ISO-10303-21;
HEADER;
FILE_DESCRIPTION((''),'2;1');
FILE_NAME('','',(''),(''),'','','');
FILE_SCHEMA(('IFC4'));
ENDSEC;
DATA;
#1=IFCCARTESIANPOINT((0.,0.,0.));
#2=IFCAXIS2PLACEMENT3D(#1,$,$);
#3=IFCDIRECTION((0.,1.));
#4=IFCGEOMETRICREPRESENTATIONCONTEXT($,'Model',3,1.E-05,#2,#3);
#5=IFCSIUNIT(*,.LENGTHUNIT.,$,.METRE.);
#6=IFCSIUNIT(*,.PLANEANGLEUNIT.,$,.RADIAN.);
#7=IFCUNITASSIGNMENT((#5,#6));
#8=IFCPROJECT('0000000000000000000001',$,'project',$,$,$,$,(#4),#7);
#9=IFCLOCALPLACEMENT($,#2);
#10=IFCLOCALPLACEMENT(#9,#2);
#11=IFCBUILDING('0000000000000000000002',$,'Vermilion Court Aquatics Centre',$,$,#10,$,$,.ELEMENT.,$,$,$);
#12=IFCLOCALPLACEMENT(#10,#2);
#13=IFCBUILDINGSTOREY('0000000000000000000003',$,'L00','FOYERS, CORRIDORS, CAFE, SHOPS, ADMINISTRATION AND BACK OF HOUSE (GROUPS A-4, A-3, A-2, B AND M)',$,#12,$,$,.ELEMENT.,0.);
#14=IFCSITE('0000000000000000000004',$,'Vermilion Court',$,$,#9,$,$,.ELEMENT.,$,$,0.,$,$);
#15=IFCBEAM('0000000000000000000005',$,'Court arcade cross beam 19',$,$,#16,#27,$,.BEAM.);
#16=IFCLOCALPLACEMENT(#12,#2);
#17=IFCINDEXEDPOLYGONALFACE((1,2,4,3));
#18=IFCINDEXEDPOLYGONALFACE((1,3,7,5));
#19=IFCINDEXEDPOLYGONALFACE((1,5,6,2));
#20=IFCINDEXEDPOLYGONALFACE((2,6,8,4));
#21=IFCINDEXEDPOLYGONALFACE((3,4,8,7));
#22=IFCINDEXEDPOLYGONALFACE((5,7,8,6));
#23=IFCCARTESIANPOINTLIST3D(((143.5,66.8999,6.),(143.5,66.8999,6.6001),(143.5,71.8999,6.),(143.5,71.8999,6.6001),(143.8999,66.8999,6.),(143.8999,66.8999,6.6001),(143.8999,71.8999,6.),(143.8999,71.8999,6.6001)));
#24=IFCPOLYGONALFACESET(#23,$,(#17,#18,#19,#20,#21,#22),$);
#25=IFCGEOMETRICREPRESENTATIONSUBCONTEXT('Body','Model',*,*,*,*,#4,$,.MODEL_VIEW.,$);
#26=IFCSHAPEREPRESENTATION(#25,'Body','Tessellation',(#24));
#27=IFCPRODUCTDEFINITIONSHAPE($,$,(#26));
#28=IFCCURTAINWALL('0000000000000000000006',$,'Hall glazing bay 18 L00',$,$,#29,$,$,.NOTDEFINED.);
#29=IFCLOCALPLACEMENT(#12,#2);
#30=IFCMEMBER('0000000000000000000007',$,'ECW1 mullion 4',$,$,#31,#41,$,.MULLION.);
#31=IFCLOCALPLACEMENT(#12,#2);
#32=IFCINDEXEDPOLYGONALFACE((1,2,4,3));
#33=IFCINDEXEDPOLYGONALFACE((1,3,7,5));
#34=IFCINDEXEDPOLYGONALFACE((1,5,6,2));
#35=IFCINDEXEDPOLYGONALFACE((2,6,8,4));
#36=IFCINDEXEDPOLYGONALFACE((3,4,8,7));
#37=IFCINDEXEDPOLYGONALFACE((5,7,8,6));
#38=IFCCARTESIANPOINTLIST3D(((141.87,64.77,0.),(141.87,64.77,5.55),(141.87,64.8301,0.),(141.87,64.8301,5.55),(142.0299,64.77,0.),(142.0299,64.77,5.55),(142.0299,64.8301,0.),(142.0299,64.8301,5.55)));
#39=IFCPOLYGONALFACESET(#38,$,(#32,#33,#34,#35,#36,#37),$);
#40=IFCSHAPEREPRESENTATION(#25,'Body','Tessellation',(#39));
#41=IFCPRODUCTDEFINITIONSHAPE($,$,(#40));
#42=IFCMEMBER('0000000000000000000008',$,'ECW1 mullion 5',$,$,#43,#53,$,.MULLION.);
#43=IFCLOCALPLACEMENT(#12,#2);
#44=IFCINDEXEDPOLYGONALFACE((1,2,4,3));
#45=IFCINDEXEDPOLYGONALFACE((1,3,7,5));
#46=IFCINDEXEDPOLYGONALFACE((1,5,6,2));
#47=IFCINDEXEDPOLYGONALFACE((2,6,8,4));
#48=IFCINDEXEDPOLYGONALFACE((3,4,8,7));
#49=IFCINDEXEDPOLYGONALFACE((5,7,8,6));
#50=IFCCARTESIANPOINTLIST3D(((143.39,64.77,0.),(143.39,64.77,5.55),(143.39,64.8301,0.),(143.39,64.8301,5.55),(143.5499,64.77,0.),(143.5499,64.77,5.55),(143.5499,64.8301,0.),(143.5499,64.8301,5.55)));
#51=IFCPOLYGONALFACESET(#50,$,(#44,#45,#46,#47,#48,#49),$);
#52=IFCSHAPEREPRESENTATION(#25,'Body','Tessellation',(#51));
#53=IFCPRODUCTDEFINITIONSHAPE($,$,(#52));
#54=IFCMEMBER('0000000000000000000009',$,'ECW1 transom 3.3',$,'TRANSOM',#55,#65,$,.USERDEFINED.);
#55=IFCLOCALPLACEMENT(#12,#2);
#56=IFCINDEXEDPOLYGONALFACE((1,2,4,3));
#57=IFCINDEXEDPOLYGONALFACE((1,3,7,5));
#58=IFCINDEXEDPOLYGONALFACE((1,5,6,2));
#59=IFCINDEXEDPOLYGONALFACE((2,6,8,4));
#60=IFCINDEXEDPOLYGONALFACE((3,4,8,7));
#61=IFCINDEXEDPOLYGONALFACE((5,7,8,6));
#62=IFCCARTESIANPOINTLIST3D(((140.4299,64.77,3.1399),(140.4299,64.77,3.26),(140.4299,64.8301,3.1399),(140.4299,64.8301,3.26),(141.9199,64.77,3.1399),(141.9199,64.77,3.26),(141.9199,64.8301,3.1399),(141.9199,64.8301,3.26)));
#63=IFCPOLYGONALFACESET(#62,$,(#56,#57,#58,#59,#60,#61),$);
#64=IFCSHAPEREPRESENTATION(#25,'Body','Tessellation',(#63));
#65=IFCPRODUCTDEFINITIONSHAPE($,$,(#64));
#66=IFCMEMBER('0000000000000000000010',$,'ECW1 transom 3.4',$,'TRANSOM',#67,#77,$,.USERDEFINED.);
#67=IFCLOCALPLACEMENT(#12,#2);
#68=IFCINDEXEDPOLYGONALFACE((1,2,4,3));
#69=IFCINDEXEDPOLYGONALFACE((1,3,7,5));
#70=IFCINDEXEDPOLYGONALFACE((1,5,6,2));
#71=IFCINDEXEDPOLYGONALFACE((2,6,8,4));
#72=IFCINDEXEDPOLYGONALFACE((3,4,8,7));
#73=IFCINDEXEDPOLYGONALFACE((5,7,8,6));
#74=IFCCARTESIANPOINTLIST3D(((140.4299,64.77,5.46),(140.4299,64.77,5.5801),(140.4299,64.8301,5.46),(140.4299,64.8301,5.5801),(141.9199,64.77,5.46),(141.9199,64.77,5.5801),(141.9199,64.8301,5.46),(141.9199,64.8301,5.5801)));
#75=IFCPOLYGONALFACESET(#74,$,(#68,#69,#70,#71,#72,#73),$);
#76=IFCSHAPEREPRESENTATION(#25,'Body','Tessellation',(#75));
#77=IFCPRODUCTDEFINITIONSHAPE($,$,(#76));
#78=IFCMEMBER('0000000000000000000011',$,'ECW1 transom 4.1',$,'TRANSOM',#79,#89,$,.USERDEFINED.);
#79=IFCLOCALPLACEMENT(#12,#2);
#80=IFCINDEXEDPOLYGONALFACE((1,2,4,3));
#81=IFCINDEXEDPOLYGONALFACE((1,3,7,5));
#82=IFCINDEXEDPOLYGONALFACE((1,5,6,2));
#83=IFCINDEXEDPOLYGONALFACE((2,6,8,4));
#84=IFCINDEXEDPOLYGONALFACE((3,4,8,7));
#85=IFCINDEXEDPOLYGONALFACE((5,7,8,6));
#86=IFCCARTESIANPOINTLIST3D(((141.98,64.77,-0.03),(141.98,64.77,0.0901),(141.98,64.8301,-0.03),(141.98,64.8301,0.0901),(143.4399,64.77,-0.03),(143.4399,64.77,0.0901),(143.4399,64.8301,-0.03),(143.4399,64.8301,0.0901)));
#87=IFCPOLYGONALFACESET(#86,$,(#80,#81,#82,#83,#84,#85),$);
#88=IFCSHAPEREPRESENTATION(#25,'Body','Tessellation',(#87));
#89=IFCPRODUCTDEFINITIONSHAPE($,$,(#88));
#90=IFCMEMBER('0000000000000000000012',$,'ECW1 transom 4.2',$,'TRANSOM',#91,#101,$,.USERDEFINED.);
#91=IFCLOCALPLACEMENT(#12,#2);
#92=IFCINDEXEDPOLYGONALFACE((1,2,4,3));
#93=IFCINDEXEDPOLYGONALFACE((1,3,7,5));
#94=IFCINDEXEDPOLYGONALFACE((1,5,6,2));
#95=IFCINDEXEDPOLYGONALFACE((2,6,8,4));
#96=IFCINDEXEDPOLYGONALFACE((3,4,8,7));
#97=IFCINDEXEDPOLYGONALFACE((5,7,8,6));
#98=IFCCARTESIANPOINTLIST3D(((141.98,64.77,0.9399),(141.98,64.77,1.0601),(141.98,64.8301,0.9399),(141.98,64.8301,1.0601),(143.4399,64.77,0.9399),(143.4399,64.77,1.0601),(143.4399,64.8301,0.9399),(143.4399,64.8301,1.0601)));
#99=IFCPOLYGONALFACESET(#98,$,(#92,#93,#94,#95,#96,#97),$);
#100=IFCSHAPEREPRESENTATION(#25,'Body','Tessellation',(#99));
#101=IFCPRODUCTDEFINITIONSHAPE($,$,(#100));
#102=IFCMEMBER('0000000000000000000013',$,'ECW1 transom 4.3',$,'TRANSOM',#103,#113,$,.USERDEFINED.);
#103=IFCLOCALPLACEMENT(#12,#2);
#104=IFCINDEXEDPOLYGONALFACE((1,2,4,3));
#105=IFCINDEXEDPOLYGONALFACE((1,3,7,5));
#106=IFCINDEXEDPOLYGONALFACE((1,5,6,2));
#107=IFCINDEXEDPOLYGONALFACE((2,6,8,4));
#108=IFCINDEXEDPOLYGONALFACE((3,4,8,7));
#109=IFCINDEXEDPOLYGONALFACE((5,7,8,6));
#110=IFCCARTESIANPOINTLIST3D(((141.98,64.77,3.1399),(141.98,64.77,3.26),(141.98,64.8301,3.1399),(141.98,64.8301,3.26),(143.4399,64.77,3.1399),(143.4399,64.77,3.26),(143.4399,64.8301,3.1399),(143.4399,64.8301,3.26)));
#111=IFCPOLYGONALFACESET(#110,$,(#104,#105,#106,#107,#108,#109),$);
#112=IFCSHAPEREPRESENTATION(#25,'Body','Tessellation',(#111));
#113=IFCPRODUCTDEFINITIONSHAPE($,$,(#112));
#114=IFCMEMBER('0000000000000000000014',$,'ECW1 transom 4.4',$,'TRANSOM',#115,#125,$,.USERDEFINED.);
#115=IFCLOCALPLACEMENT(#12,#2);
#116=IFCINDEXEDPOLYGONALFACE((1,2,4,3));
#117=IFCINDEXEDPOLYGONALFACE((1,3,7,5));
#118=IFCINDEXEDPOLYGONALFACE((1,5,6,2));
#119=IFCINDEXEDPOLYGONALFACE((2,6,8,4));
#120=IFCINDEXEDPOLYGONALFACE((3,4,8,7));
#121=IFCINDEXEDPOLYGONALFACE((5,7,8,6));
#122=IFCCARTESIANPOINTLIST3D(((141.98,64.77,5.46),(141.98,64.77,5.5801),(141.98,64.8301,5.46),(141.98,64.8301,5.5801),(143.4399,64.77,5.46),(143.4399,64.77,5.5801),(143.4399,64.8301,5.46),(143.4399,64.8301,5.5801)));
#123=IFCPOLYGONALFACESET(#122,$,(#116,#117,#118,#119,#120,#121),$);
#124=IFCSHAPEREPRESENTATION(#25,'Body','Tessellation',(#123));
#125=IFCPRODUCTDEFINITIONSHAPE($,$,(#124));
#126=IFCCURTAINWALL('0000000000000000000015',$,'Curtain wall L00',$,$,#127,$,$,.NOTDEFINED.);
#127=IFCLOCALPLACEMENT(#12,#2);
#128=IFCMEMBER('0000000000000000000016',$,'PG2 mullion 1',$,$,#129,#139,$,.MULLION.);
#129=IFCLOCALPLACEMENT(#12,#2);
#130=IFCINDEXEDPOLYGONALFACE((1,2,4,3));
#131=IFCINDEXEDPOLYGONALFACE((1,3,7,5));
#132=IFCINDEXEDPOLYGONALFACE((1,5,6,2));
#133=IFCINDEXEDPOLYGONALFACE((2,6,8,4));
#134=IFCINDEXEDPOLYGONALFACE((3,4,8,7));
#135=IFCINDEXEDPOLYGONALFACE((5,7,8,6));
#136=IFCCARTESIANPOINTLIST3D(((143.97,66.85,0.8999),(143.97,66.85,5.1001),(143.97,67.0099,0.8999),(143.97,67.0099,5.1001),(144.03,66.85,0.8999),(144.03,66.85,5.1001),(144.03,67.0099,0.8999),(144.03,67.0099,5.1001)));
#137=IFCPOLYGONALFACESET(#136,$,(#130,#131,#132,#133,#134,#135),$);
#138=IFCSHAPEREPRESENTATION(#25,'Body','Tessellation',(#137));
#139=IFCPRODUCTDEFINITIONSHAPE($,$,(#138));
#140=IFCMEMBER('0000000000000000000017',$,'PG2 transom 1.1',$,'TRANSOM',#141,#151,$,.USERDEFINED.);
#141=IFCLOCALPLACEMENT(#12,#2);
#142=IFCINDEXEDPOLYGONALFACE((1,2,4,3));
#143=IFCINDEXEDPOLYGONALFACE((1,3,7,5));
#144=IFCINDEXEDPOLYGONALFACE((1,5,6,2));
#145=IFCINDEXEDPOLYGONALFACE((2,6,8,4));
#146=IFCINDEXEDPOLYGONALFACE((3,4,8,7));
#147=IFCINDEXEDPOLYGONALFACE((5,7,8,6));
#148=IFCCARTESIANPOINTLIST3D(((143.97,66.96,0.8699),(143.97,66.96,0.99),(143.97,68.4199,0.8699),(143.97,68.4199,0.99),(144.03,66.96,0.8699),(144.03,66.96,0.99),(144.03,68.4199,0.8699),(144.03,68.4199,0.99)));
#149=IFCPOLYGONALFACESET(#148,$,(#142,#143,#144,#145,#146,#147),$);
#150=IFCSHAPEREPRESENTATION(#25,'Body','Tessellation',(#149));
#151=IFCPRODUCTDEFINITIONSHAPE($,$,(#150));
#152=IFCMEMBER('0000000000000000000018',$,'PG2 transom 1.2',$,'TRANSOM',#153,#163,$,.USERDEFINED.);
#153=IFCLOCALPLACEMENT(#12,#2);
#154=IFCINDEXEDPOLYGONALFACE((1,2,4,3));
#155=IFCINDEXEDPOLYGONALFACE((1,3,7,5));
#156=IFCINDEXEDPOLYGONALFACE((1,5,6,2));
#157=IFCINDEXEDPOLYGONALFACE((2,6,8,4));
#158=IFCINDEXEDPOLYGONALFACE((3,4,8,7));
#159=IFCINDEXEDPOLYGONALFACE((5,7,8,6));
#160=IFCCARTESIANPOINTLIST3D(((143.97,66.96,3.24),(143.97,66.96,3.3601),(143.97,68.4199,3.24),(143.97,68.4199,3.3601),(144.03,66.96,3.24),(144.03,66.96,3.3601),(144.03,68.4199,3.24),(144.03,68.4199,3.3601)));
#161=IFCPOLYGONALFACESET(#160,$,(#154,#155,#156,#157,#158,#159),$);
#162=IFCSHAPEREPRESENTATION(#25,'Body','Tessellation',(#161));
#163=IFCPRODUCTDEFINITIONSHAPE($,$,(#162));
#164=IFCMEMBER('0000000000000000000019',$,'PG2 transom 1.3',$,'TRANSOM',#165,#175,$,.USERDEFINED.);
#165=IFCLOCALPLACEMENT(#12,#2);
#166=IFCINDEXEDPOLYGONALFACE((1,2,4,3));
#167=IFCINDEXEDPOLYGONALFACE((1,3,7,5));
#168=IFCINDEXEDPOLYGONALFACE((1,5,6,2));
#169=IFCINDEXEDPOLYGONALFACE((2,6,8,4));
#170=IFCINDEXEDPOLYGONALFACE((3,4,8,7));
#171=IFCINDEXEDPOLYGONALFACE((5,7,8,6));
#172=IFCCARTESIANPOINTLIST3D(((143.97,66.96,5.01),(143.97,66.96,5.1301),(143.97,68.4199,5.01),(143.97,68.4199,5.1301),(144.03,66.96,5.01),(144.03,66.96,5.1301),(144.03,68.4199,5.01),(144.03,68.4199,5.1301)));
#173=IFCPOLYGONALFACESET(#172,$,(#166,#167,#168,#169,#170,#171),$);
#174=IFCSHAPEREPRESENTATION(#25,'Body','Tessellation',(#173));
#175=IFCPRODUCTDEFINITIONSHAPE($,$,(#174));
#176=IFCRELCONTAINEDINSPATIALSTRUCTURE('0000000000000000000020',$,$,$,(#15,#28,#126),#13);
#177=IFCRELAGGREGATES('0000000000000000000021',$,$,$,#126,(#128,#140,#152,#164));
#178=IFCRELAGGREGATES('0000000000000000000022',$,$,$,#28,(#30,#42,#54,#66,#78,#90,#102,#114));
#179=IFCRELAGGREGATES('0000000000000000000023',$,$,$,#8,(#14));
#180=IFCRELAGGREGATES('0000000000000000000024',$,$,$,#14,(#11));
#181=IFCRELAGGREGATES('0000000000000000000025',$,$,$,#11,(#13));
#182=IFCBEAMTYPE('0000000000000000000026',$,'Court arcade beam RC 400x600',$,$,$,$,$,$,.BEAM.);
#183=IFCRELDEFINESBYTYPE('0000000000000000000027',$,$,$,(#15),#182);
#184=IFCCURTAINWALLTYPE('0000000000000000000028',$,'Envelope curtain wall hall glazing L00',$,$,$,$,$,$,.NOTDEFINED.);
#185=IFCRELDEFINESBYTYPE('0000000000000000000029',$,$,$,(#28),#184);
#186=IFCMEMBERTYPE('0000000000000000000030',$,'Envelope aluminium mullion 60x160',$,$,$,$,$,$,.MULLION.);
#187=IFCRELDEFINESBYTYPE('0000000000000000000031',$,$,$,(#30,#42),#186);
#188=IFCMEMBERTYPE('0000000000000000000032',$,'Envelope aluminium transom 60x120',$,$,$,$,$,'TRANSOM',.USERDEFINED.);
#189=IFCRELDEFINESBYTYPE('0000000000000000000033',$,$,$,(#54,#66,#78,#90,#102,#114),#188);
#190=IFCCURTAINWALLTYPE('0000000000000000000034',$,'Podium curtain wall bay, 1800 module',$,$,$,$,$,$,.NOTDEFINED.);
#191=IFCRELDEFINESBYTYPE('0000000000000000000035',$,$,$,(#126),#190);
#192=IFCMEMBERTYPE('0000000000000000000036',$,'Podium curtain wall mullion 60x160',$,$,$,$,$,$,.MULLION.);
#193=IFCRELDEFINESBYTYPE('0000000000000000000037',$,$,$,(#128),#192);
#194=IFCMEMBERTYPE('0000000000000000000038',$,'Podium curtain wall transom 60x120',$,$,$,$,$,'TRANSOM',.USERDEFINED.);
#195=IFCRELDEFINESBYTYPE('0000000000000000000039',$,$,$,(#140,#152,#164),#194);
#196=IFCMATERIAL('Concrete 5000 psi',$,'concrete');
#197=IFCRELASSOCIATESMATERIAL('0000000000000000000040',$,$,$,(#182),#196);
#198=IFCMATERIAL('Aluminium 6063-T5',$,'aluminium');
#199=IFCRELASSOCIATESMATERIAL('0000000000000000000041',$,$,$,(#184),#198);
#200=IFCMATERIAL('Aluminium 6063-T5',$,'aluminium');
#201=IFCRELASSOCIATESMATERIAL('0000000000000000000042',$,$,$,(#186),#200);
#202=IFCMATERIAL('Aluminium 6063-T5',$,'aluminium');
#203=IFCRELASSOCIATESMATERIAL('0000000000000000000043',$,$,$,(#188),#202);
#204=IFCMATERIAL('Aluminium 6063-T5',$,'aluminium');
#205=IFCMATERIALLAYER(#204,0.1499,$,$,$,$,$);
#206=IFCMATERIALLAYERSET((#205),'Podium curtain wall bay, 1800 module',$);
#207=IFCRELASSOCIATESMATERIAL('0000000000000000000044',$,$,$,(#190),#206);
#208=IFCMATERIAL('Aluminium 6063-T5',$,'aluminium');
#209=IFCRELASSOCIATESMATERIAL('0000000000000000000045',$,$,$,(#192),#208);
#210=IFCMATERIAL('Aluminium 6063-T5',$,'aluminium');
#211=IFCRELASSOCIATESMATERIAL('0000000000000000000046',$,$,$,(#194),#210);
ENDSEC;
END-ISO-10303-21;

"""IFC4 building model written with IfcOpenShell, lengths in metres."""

from ifc_helpers import new_model, si_unit, direction, frame, origin, origin_2d, place, context, subcontext, project, spatial, rectangle, extrude, material, layer, layer_set, material_profile, profile_set, type_object, element, aggregate, save


model = new_model("IFC4")

# Units and contexts
model_context = context("Model", 3, precision=1e-05, world=origin(), true_north=direction((0.0, 1.0)))
body_context = subcontext(model_context, "Body", "Model", "MODEL_VIEW")
ifc_project = project(units=[si_unit("LENGTHUNIT", "METRE"), si_unit("PLANEANGLEUNIT", "RADIAN")], contexts=[model_context])

# Site, building, storey
site_placement = place(None, origin())
site = spatial("IfcSite", under=ifc_project, at=site_placement, Name="Vermilion Court", CompositionType="ELEMENT", RefElevation=0.0)
building_placement = place(site_placement, origin())
building = spatial("IfcBuilding", under=site, at=building_placement, Name="Vermilion Court Aquatics Centre", CompositionType="ELEMENT")
storey_placement = place(building_placement, origin())
storey = spatial("IfcBuildingStorey", under=building, at=storey_placement, Name="L00", Description="FOYERS, CORRIDORS, CAFE, SHOPS, ADMINISTRATION AND BACK OF HOUSE (GROUPS A-4, A-3, A-2, B AND M)", CompositionType="ELEMENT", Elevation=0.0)

# Beam
ifc_material_1 = material(Name="Concrete 5000 psi", Category="concrete")
ifc_material_profile_1 = material_profile(ifc_material_1, rectangle(XDim=0.3999, YDim=0.6001, at=origin_2d()), Name="RC 400x600")
ifc_profile_set_1 = profile_set([ifc_material_profile_1], Name="Concrete 5000 psi")
beam_type_1 = type_object("IfcBeamType", Name="Court arcade beam RC 400x600", PredefinedType="BEAM", material=ifc_profile_set_1)
beam_1_placement = place(storey_placement, frame((143.7, 66.8999, 6.3), z_axis=(0.0, 1.0, 0.0), x_axis=(-1.0, 0.0, 0.0)))
element("IfcBeam", 1, at=beam_1_placement, inside=storey, type_object=beam_type_1, Name="Court arcade cross beam 19", PredefinedType="BEAM", context=body_context, shape_type="SweptSolid", body=[
    extrude(rectangle(XDim=0.3999, YDim=0.6001, at=origin_2d()), origin(), (0.0, 0.0, 1.0), 5.0),
])

# Curtain walls, members
ifc_material_2 = material(Name="Aluminium 6063-T5", Category="aluminium")
curtain_wall_type_1 = type_object("IfcCurtainWallType", Name="Envelope curtain wall hall glazing L00", PredefinedType="NOTDEFINED", material=ifc_material_2)
curtain_wall_1_placement = place(storey_placement, origin())
curtain_wall_1 = element("IfcCurtainWall", 2, at=curtain_wall_1_placement, inside=storey, type_object=curtain_wall_type_1, Name="Hall glazing bay 18 L00", PredefinedType="NOTDEFINED")
ifc_material_3 = material(Name="Aluminium 6063-T5", Category="aluminium")
ifc_material_profile_2 = material_profile(ifc_material_3, rectangle(XDim=0.0601, YDim=0.1599, at=origin_2d()), Name="AL 60x160")
ifc_profile_set_2 = profile_set([ifc_material_profile_2], Name="Aluminium 6063-T5")
member_type_1 = type_object("IfcMemberType", Name="Envelope aluminium mullion 60x160", PredefinedType="MULLION", material=ifc_profile_set_2)
member_1_placement = place(storey_placement, frame((141.95, 64.8, 0.0), z_axis=(0.0, 0.0, 1.0), x_axis=(0.0, 1.0, 0.0)))
member_1 = element("IfcMember", 3, at=member_1_placement, type_object=member_type_1, Name="ECW1 mullion 4", PredefinedType="MULLION", context=body_context, shape_type="SweptSolid", body=[
    extrude(rectangle(XDim=0.0601, YDim=0.1599, at=origin_2d()), origin(), (0.0, 0.0, 1.0), 5.55),
])
member_2_placement = place(storey_placement, frame((143.47, 64.8, 0.0), z_axis=(0.0, 0.0, 1.0), x_axis=(0.0, 1.0, 0.0)))
member_2 = element("IfcMember", 4, at=member_2_placement, type_object=member_type_1, Name="ECW1 mullion 5", PredefinedType="MULLION", context=body_context, shape_type="SweptSolid", body=[
    extrude(rectangle(XDim=0.0601, YDim=0.1599, at=origin_2d()), origin(), (0.0, 0.0, 1.0), 5.55),
])
ifc_material_4 = material(Name="Aluminium 6063-T5", Category="aluminium")
ifc_material_profile_3 = material_profile(ifc_material_4, rectangle(XDim=0.0601, YDim=0.1201, at=origin_2d()), Name="AL 60x120")
ifc_profile_set_3 = profile_set([ifc_material_profile_3], Name="Aluminium 6063-T5")
member_type_2 = type_object("IfcMemberType", Name="Envelope aluminium transom 60x120", ElementType="TRANSOM", PredefinedType="USERDEFINED", material=ifc_profile_set_3)
member_3_placement = place(storey_placement, frame((140.4299, 64.8, 3.2), z_axis=(1.0, 0.0, 0.0), x_axis=(0.0, 1.0, 0.0)))
member_3 = element("IfcMember", 5, at=member_3_placement, type_object=member_type_2, Name="ECW1 transom 3.3", ObjectType="TRANSOM", PredefinedType="USERDEFINED", context=body_context, shape_type="SweptSolid", body=[
    extrude(rectangle(XDim=0.0601, YDim=0.1201, at=origin_2d()), origin(), (0.0, 0.0, 1.0), 1.49),
])
member_4_placement = place(storey_placement, frame((140.4299, 64.8, 5.52), z_axis=(1.0, 0.0, 0.0), x_axis=(0.0, 1.0, 0.0)))
member_4 = element("IfcMember", 6, at=member_4_placement, type_object=member_type_2, Name="ECW1 transom 3.4", ObjectType="TRANSOM", PredefinedType="USERDEFINED", context=body_context, shape_type="SweptSolid", body=[
    extrude(rectangle(XDim=0.0601, YDim=0.1201, at=origin_2d()), origin(), (0.0, 0.0, 1.0), 1.49),
])
member_5_placement = place(storey_placement, frame((141.98, 64.8, 0.03), z_axis=(1.0, 0.0, 0.0), x_axis=(0.0, 1.0, 0.0)))
member_5 = element("IfcMember", 7, at=member_5_placement, type_object=member_type_2, Name="ECW1 transom 4.1", ObjectType="TRANSOM", PredefinedType="USERDEFINED", context=body_context, shape_type="SweptSolid", body=[
    extrude(rectangle(XDim=0.0601, YDim=0.1201, at=origin_2d()), origin(), (0.0, 0.0, 1.0), 1.46),
])
member_6_placement = place(storey_placement, frame((141.98, 64.8, 1.0), z_axis=(1.0, 0.0, 0.0), x_axis=(0.0, 1.0, 0.0)))
member_6 = element("IfcMember", 8, at=member_6_placement, type_object=member_type_2, Name="ECW1 transom 4.2", ObjectType="TRANSOM", PredefinedType="USERDEFINED", context=body_context, shape_type="SweptSolid", body=[
    extrude(rectangle(XDim=0.0601, YDim=0.1201, at=origin_2d()), origin(), (0.0, 0.0, 1.0), 1.46),
])
member_7_placement = place(storey_placement, frame((141.98, 64.8, 3.2), z_axis=(1.0, 0.0, 0.0), x_axis=(0.0, 1.0, 0.0)))
member_7 = element("IfcMember", 9, at=member_7_placement, type_object=member_type_2, Name="ECW1 transom 4.3", ObjectType="TRANSOM", PredefinedType="USERDEFINED", context=body_context, shape_type="SweptSolid", body=[
    extrude(rectangle(XDim=0.0601, YDim=0.1201, at=origin_2d()), origin(), (0.0, 0.0, 1.0), 1.46),
])
member_8_placement = place(storey_placement, frame((141.98, 64.8, 5.52), z_axis=(1.0, 0.0, 0.0), x_axis=(0.0, 1.0, 0.0)))
member_8 = element("IfcMember", 10, at=member_8_placement, type_object=member_type_2, Name="ECW1 transom 4.4", ObjectType="TRANSOM", PredefinedType="USERDEFINED", context=body_context, shape_type="SweptSolid", body=[
    extrude(rectangle(XDim=0.0601, YDim=0.1201, at=origin_2d()), origin(), (0.0, 0.0, 1.0), 1.46),
])
ifc_material_5 = material(Name="Aluminium 6063-T5", Category="aluminium")
ifc_layer_1 = layer(ifc_material_5, 0.1499)
ifc_layer_set_1 = layer_set([ifc_layer_1], Name="Podium curtain wall bay, 1800 module")
curtain_wall_type_2 = type_object("IfcCurtainWallType", Name="Podium curtain wall bay, 1800 module", PredefinedType="NOTDEFINED", material=ifc_layer_set_1)
curtain_wall_2_placement = place(storey_placement, origin())
curtain_wall_2 = element("IfcCurtainWall", 11, at=curtain_wall_2_placement, inside=storey, type_object=curtain_wall_type_2, Name="Curtain wall L00", PredefinedType="NOTDEFINED")
ifc_material_6 = material(Name="Aluminium 6063-T5", Category="aluminium")
ifc_material_profile_4 = material_profile(ifc_material_6, rectangle(XDim=0.0601, YDim=0.1599, at=origin_2d()), Name="Mullion 60x160")
ifc_profile_set_4 = profile_set([ifc_material_profile_4], Name="Aluminium 6063-T5")
member_type_3 = type_object("IfcMemberType", Name="Podium curtain wall mullion 60x160", PredefinedType="MULLION", material=ifc_profile_set_4)
member_9_placement = place(storey_placement, frame((144.0, 66.9299, 0.8999), z_axis=(0.0, 0.0, 1.0), x_axis=(-1.0, 0.0, 0.0)))
member_9 = element("IfcMember", 12, at=member_9_placement, type_object=member_type_3, Name="PG2 mullion 1", PredefinedType="MULLION", context=body_context, shape_type="SweptSolid", body=[
    extrude(rectangle(XDim=0.0601, YDim=0.1599, at=origin_2d()), origin(), (0.0, 0.0, 1.0), 4.2002),
])
ifc_material_7 = material(Name="Aluminium 6063-T5", Category="aluminium")
ifc_material_profile_5 = material_profile(ifc_material_7, rectangle(XDim=0.0601, YDim=0.1201, at=origin_2d()), Name="Transom 60x120")
ifc_profile_set_5 = profile_set([ifc_material_profile_5], Name="Aluminium 6063-T5")
member_type_4 = type_object("IfcMemberType", Name="Podium curtain wall transom 60x120", ElementType="TRANSOM", PredefinedType="USERDEFINED", material=ifc_profile_set_5)
member_10_placement = place(storey_placement, frame((144.0, 66.96, 0.9299), z_axis=(0.0, 1.0, 0.0), x_axis=(-1.0, 0.0, 0.0)))
member_10 = element("IfcMember", 13, at=member_10_placement, type_object=member_type_4, Name="PG2 transom 1.1", ObjectType="TRANSOM", PredefinedType="USERDEFINED", context=body_context, shape_type="SweptSolid", body=[
    extrude(rectangle(XDim=0.0601, YDim=0.1201, at=origin_2d()), origin(), (0.0, 0.0, 1.0), 1.46),
])
member_11_placement = place(storey_placement, frame((144.0, 66.96, 3.3), z_axis=(0.0, 1.0, 0.0), x_axis=(-1.0, 0.0, 0.0)))
member_11 = element("IfcMember", 14, at=member_11_placement, type_object=member_type_4, Name="PG2 transom 1.2", ObjectType="TRANSOM", PredefinedType="USERDEFINED", context=body_context, shape_type="SweptSolid", body=[
    extrude(rectangle(XDim=0.0601, YDim=0.1201, at=origin_2d()), origin(), (0.0, 0.0, 1.0), 1.46),
])
member_12_placement = place(storey_placement, frame((144.0, 66.96, 5.0701), z_axis=(0.0, 1.0, 0.0), x_axis=(-1.0, 0.0, 0.0)))
member_12 = element("IfcMember", 15, at=member_12_placement, type_object=member_type_4, Name="PG2 transom 1.3", ObjectType="TRANSOM", PredefinedType="USERDEFINED", context=body_context, shape_type="SweptSolid", body=[
    extrude(rectangle(XDim=0.0601, YDim=0.1201, at=origin_2d()), origin(), (0.0, 0.0, 1.0), 1.46),
])
aggregate(curtain_wall_2, [member_9, member_10, member_11, member_12])

aggregate(curtain_wall_1, [member_1, member_2, member_3, member_4, member_5, member_6, member_7, member_8])

save(model, "model.ifc")
